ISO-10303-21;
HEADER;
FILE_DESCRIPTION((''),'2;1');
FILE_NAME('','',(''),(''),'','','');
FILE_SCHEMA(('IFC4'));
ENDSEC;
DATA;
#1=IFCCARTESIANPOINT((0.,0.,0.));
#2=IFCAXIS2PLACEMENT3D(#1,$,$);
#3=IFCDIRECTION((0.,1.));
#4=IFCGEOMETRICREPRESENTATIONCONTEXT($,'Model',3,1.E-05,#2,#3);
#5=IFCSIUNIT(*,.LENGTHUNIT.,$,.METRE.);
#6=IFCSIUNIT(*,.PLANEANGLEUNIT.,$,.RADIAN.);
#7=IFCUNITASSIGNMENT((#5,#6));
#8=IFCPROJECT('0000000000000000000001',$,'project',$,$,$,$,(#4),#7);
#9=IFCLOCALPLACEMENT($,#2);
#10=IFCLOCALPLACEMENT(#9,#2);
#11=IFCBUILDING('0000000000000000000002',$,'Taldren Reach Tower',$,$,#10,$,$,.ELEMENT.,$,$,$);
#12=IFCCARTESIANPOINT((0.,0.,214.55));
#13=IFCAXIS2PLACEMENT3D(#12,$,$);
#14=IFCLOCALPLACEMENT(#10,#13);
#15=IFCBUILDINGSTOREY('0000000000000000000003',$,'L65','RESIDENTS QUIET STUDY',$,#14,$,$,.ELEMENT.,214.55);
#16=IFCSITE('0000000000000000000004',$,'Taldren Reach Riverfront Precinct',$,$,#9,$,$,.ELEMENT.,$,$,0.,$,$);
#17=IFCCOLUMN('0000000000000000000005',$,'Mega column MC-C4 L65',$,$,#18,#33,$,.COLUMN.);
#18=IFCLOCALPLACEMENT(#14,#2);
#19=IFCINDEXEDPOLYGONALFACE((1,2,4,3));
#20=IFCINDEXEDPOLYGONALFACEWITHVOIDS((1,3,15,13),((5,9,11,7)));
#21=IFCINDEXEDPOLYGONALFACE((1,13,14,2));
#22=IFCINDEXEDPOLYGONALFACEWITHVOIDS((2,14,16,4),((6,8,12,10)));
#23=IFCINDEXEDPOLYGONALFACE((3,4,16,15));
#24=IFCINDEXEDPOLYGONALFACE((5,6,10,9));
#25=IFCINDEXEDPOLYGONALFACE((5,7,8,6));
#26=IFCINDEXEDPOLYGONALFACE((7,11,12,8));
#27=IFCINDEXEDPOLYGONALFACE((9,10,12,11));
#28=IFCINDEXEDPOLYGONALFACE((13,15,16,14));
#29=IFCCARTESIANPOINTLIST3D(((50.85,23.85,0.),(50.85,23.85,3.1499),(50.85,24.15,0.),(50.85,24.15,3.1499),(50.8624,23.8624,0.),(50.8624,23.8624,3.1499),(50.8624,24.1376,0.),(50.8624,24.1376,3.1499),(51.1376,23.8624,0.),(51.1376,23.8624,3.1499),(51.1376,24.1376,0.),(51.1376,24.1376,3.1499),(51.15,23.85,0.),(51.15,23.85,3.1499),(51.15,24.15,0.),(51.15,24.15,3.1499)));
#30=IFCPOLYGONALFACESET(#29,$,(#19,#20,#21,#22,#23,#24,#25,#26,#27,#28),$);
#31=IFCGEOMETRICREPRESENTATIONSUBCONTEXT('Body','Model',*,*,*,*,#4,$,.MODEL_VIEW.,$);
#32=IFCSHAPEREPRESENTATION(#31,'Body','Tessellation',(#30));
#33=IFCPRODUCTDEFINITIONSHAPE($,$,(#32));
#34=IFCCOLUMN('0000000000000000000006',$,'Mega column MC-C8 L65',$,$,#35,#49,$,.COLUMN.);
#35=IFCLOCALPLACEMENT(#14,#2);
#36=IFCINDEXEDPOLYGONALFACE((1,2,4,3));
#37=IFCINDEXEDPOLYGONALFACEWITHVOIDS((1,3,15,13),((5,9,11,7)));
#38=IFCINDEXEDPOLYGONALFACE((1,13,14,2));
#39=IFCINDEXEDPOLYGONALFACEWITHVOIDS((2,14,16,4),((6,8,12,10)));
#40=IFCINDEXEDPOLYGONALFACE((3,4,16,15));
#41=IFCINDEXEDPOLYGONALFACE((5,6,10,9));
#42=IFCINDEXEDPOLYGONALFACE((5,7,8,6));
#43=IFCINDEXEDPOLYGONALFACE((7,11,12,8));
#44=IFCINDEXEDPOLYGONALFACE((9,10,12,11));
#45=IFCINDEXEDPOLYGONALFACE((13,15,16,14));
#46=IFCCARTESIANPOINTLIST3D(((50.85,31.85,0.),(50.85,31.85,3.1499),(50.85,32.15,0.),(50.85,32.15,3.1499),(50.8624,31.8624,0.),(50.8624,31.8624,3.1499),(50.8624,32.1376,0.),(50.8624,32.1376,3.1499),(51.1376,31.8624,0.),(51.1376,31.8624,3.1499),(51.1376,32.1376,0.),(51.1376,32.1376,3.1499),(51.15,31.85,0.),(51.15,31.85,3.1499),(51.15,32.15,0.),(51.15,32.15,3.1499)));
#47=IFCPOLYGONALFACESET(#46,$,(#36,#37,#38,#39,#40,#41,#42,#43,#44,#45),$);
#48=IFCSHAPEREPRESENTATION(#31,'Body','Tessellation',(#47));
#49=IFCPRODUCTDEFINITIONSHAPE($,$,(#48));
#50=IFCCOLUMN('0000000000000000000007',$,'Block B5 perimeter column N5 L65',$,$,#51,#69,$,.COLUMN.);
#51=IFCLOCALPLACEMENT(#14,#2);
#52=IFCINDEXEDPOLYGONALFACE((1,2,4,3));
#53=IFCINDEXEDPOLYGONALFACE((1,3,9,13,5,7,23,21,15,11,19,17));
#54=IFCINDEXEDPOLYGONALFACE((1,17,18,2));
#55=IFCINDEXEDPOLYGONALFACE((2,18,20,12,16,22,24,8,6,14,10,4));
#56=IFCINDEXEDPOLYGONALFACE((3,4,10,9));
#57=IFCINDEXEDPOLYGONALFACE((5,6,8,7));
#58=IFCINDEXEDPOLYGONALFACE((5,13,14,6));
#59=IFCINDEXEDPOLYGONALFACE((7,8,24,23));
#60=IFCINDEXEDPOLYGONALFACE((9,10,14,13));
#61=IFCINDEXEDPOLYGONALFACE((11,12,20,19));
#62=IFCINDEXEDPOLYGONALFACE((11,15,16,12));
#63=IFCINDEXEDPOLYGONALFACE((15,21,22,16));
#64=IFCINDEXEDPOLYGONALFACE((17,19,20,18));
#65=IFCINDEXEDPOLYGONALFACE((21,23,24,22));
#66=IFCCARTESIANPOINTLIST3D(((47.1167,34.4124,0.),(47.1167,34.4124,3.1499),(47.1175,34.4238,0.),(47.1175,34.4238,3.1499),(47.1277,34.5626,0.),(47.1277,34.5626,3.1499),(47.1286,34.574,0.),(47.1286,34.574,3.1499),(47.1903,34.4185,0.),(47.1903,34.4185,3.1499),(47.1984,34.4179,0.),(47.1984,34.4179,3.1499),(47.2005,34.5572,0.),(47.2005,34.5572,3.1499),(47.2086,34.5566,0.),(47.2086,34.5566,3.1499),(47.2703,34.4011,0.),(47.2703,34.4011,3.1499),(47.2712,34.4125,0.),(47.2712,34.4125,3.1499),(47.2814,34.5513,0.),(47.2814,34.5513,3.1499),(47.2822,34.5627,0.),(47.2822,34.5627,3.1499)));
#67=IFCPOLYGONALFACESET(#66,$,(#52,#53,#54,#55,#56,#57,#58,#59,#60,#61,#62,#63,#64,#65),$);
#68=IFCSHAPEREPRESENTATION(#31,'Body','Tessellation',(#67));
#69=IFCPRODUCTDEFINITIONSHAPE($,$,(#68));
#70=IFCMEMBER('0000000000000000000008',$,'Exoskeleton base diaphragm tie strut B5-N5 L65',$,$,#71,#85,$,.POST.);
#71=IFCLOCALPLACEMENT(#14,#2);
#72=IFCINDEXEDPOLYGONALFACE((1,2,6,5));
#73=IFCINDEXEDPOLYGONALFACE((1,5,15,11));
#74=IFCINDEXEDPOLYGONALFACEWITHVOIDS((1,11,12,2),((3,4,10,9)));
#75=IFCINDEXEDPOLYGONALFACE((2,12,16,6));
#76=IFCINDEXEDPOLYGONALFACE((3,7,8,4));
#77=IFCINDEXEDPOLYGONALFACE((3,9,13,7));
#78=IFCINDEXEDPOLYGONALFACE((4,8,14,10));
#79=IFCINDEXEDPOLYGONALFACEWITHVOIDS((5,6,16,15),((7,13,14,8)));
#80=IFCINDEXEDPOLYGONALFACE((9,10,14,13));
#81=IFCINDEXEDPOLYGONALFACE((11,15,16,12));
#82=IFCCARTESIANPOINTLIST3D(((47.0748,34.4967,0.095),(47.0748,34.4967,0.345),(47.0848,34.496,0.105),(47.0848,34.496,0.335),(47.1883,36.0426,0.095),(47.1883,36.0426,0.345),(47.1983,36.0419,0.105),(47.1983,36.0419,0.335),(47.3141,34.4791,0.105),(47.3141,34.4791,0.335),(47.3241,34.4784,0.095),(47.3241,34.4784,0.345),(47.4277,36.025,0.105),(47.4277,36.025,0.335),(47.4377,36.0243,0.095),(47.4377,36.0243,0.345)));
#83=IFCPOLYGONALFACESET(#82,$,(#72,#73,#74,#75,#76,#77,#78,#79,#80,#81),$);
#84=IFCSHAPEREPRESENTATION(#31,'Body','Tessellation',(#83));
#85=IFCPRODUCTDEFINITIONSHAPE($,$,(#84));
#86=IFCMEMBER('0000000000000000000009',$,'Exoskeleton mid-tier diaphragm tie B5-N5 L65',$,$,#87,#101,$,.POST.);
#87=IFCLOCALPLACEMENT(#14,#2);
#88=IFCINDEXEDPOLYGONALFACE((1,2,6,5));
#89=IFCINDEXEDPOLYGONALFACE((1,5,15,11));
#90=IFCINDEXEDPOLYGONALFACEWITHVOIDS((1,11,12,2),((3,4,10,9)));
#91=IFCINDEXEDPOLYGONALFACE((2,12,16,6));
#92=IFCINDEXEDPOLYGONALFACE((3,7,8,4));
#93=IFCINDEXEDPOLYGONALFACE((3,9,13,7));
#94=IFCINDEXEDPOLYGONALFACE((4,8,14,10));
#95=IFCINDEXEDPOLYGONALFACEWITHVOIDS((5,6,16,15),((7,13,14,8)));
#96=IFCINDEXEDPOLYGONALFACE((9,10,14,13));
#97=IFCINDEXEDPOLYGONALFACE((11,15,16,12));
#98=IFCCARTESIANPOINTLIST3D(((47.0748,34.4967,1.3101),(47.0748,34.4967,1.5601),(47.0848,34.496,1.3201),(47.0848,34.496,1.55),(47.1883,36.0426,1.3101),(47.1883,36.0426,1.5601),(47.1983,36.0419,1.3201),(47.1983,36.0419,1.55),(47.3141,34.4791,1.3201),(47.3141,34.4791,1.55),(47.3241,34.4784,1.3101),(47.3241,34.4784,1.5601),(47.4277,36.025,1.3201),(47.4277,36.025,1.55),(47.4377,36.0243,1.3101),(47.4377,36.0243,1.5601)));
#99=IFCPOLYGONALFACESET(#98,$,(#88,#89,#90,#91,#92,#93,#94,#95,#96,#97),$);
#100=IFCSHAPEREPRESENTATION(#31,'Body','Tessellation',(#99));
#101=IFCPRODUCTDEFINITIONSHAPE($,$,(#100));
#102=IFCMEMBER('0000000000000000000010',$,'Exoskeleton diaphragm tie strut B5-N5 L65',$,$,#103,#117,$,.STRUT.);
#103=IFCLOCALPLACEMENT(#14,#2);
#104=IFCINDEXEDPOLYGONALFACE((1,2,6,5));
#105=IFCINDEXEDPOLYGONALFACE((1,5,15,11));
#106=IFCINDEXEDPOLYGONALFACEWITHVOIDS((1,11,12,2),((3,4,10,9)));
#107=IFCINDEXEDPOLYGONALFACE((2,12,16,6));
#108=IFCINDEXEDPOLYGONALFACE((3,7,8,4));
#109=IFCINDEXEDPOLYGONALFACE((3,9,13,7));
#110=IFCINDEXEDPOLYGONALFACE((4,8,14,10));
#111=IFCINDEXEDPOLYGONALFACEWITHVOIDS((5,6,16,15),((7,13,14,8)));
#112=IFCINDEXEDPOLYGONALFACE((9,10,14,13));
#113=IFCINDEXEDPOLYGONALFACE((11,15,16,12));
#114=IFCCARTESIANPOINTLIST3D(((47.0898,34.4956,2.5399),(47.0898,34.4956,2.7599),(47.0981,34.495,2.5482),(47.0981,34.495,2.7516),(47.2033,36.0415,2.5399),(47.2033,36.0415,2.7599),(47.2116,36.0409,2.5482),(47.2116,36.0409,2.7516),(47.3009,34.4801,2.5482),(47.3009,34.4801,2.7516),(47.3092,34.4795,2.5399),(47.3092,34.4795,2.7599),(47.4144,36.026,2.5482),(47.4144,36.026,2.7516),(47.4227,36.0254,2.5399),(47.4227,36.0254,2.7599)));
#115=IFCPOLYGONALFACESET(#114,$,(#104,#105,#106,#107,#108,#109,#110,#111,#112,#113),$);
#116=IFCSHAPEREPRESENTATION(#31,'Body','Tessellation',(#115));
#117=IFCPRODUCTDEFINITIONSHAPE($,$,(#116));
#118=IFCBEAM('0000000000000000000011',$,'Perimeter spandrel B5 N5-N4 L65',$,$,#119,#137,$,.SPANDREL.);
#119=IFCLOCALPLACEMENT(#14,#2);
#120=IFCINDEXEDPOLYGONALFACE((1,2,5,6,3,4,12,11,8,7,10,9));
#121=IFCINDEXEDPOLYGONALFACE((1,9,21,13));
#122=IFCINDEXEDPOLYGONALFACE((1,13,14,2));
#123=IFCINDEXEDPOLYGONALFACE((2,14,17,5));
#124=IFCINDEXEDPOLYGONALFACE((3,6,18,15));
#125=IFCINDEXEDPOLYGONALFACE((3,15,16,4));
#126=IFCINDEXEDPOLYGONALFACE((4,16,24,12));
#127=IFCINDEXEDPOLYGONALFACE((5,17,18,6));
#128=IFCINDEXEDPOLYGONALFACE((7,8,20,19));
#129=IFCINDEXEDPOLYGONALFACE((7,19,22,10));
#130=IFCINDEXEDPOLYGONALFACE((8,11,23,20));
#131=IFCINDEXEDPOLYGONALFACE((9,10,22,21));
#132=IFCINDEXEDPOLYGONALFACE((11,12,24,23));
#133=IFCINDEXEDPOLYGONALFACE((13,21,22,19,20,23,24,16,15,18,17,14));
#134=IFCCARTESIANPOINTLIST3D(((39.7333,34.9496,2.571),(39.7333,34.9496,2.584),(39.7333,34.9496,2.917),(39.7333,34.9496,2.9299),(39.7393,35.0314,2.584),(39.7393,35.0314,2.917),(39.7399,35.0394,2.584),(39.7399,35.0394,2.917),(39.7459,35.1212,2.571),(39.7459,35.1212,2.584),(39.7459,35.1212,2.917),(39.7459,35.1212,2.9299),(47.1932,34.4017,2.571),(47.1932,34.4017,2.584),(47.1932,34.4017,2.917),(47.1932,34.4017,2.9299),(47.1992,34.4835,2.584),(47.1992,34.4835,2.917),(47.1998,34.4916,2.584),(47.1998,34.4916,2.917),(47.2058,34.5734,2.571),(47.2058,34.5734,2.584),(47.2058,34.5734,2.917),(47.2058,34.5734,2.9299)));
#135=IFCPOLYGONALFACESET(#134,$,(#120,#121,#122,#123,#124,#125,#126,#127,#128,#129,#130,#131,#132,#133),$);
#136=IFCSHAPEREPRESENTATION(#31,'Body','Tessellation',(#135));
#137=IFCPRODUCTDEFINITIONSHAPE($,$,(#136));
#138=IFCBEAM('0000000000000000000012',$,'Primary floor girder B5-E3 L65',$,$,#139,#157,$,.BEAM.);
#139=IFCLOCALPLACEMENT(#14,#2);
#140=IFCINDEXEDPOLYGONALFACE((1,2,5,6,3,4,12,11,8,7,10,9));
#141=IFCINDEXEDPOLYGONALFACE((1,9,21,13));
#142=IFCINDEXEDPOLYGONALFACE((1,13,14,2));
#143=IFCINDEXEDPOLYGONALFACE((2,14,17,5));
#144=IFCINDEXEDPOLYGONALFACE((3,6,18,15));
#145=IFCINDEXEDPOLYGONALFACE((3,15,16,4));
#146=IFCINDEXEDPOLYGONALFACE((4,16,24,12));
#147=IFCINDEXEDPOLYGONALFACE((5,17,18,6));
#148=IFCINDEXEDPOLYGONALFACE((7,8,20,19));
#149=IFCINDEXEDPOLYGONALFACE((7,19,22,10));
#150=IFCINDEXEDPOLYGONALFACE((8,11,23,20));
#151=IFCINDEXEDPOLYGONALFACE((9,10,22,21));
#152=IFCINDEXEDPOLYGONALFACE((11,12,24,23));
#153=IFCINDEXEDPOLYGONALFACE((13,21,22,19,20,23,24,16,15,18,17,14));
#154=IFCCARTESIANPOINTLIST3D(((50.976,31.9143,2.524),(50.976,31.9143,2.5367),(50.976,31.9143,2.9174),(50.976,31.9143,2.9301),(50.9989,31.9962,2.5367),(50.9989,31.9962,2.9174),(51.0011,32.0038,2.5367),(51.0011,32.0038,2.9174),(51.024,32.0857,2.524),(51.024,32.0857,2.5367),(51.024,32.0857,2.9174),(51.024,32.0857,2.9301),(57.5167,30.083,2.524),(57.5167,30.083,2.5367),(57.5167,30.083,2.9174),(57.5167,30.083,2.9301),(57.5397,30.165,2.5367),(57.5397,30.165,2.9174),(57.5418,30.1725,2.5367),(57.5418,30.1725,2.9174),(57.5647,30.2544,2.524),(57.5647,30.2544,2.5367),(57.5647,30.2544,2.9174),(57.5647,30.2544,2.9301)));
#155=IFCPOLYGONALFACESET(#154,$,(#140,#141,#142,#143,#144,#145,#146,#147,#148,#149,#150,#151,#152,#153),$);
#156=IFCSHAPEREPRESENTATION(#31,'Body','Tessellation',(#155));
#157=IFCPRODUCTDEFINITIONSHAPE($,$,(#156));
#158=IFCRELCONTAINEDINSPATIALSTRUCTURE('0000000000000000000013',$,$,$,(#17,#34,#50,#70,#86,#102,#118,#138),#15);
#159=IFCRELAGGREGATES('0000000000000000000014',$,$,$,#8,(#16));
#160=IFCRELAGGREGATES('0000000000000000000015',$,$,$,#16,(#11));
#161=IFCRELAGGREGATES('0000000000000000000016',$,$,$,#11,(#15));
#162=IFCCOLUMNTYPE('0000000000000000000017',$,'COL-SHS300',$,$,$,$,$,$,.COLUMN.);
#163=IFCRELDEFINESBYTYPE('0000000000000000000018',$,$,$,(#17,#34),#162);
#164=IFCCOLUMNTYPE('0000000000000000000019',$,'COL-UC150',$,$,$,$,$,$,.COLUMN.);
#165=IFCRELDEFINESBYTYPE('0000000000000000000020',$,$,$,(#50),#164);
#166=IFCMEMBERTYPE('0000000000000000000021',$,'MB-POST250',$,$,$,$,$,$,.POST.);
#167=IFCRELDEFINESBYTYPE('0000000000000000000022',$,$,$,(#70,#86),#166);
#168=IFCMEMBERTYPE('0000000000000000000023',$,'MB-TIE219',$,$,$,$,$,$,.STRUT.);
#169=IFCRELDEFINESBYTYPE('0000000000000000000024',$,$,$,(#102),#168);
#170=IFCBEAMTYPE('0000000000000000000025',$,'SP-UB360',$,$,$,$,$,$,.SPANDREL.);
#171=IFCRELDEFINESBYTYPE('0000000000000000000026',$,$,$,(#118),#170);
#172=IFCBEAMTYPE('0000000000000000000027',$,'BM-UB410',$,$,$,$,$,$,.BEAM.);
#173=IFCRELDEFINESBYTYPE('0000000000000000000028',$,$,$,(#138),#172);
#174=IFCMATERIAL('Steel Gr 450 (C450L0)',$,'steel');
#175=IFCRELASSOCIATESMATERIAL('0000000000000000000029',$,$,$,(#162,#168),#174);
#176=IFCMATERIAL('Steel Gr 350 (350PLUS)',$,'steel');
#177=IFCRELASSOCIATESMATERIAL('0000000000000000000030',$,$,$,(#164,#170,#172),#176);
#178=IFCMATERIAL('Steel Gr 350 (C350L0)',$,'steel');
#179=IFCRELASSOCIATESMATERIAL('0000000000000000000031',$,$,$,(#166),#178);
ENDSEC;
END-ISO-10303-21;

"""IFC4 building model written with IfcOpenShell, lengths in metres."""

from ifc_helpers import new_model, si_unit, direction, frame, origin, origin_2d, place, context, subcontext, project, spatial, hollow_rectangle, i_section, extrude, source, transform, mapped, material, material_profile, profile_set, type_object, element, save


model = new_model("IFC4")

# Units and contexts
model_context = context("Model", 3, precision=1e-05, world=origin(), true_north=direction((0.0, 1.0)))
body_context = subcontext(model_context, "Body", "Model", "MODEL_VIEW")
ifc_project = project(units=[si_unit("LENGTHUNIT", "METRE"), si_unit("PLANEANGLEUNIT", "RADIAN")], contexts=[model_context])

# Site, building, storey
site_placement = place(None, origin())
site = spatial("IfcSite", under=ifc_project, at=site_placement, Name="Taldren Reach Riverfront Precinct", CompositionType="ELEMENT", RefElevation=0.0)
building_placement = place(site_placement, origin())
building = spatial("IfcBuilding", under=site, at=building_placement, Name="Taldren Reach Tower", CompositionType="ELEMENT")
storey_placement = place(building_placement, frame((0.0, 0.0, 214.55)))
storey = spatial("IfcBuildingStorey", under=building, at=storey_placement, Name="L65", Description="RESIDENTS QUIET STUDY", CompositionType="ELEMENT", Elevation=214.55)

# Columns
ifc_material_1 = material(Name="Steel Gr 450 (C450L0)", Category="steel")
ifc_material_profile_1 = material_profile(ifc_material_1, hollow_rectangle(XDim=0.3, YDim=0.3, WallThickness=0.0125, at=origin_2d()), Name="300x300x12.5SHS")
ifc_profile_set_1 = profile_set([ifc_material_profile_1], Name="Steel Gr 450 (C450L0)")
column_type_1 = type_object("IfcColumnType", Name="COL-SHS300", PredefinedType="COLUMN", material=ifc_profile_set_1)
shared_shape_1 = source(origin(), body_context, "Body", "SweptSolid", [
    extrude(hollow_rectangle(XDim=0.3, YDim=0.3, WallThickness=0.0125, at=origin_2d()), origin(), (0.0, 0.0, 1.0), 3.1499),
])
for number, where, z_axis, x_axis, name in (
    (1, (51.0, 24.0, 0.0), (0.0, 0.0, 1.0), (1.0, 0.0, 0.0), "Mega column MC-C4 L65"),
    (2, (51.0, 32.0, 0.0), (0.0, 0.0, 1.0), (1.0, 0.0, 0.0), "Mega column MC-C8 L65"),
):
    element("IfcColumn", number, at=place(storey_placement, frame(where, z_axis=z_axis, x_axis=x_axis)), inside=storey, type_object=column_type_1, Name=name, PredefinedType="COLUMN", context=body_context, shape_type="MappedRepresentation", body=[
        mapped(shared_shape_1, transform((0.0, 0.0, 0.0), scale=1.0)),
    ])
ifc_material_2 = material(Name="Steel Gr 350 (350PLUS)", Category="steel")
ifc_material_profile_2 = material_profile(ifc_material_2, i_section(OverallWidth=0.1541, OverallDepth=0.1621, WebThickness=0.0081, FlangeThickness=0.0115, at=origin_2d()), Name="150UC37.2")
ifc_profile_set_2 = profile_set([ifc_material_profile_2], Name="Steel Gr 350 (350PLUS)")
column_type_2 = type_object("IfcColumnType", Name="COL-UC150", PredefinedType="COLUMN", material=ifc_profile_set_2)
shared_shape_2 = source(origin(), body_context, "Body", "SweptSolid", [
    extrude(i_section(OverallWidth=0.1541, OverallDepth=0.1621, WebThickness=0.0081, FlangeThickness=0.0115, at=origin_2d()), origin(), (0.0, 0.0, 1.0), 3.1499),
])
column_placement = place(storey_placement, frame((47.1995, 34.4875, 0.0), z_axis=(0.0, 0.0, 1.0), x_axis=(0.997314, -0.073238, 0.0)))
element("IfcColumn", 3, at=column_placement, inside=storey, type_object=column_type_2, Name="Block B5 perimeter column N5 L65", PredefinedType="COLUMN", context=body_context, shape_type="MappedRepresentation", body=[
    mapped(shared_shape_2, transform((0.0, 0.0, 0.0), scale=1.0)),
])

# Members
ifc_material_3 = material(Name="Steel Gr 350 (C350L0)", Category="steel")
ifc_material_profile_3 = material_profile(ifc_material_3, hollow_rectangle(XDim=0.25, YDim=0.25, WallThickness=0.01, at=origin_2d()), Name="250x250x10.0SHS")
ifc_profile_set_3 = profile_set([ifc_material_profile_3], Name="Steel Gr 350 (C350L0)")
member_type_1 = type_object("IfcMemberType", Name="MB-POST250", PredefinedType="POST", material=ifc_profile_set_3)
shared_shape_3 = source(origin(), body_context, "Body", "SweptSolid", [
    extrude(hollow_rectangle(XDim=0.25, YDim=0.25, WallThickness=0.01, at=origin_2d()), origin(), (0.0, 0.0, 1.0), 1.55),
])
for number, where, z_axis, x_axis, name in (
    (4, (47.1995, 34.4875, 0.22), (0.073239, 0.997314, 0.0), (-0.997314, 0.073239, 0.0), "Exoskeleton base diaphragm tie strut B5-N5 L65"),
    (5, (47.1995, 34.4875, 1.4351), (0.073239, 0.997314, 0.0), (-0.997314, 0.073239, 0.0), "Exoskeleton mid-tier diaphragm tie B5-N5 L65"),
):
    element("IfcMember", number, at=place(storey_placement, frame(where, z_axis=z_axis, x_axis=x_axis)), inside=storey, type_object=member_type_1, Name=name, PredefinedType="POST", context=body_context, shape_type="MappedRepresentation", body=[
        mapped(shared_shape_3, transform((0.0, 0.0, 0.0), scale=1.0)),
    ])
ifc_material_profile_4 = material_profile(ifc_material_1, hollow_rectangle(XDim=0.22, YDim=0.22, WallThickness=0.0083, at=origin_2d()), Name="220x220x8.2SHS")
ifc_profile_set_4 = profile_set([ifc_material_profile_4], Name="Steel Gr 450 (C450L0)")
member_type_2 = type_object("IfcMemberType", Name="MB-TIE219", PredefinedType="STRUT", material=ifc_profile_set_4)
shared_shape_4 = source(origin(), body_context, "Body", "SweptSolid", [
    extrude(hollow_rectangle(XDim=0.22, YDim=0.22, WallThickness=0.0083, at=origin_2d()), origin(), (0.0, 0.0, 1.0), 1.55),
])
member_1_placement = place(storey_placement, frame((47.1995, 34.4875, 2.6499), z_axis=(0.073239, 0.997314, 0.0), x_axis=(-0.997314, 0.073239, 0.0)))
element("IfcMember", 6, at=member_1_placement, inside=storey, type_object=member_type_2, Name="Exoskeleton diaphragm tie strut B5-N5 L65", PredefinedType="STRUT", context=body_context, shape_type="MappedRepresentation", body=[
    mapped(shared_shape_4, transform((0.0, 0.0, 0.0), scale=1.0)),
])

# Beams
ifc_material_profile_5 = material_profile(ifc_material_2, i_section(OverallWidth=0.1721, OverallDepth=0.3589, WebThickness=0.0081, FlangeThickness=0.0129, at=origin_2d()), Name="360UB56.7")
ifc_profile_set_5 = profile_set([ifc_material_profile_5], Name="Steel Gr 350 (350PLUS)")
beam_type_1 = type_object("IfcBeamType", Name="SP-UB360", PredefinedType="SPANDREL", material=ifc_profile_set_5)
shared_shape_5 = source(origin(), body_context, "Body", "SweptSolid", [
    extrude(i_section(OverallWidth=0.1721, OverallDepth=0.3589, WebThickness=0.0081, FlangeThickness=0.0129, at=origin_2d()), origin(), (0.0, 0.0, 1.0), 7.48),
])
beam_1_placement = place(storey_placement, frame((47.1995, 34.4875, 2.7505), z_axis=(-0.997314, 0.073242, 0.0), x_axis=(-0.073242, -0.997314, 0.0)))
element("IfcBeam", 7, at=beam_1_placement, inside=storey, type_object=beam_type_1, Name="Perimeter spandrel B5 N5-N4 L65", PredefinedType="SPANDREL", context=body_context, shape_type="MappedRepresentation", body=[
    mapped(shared_shape_5, transform((0.0, 0.0, 0.0), scale=1.0)),
])
ifc_material_profile_6 = material_profile(ifc_material_2, i_section(OverallWidth=0.178, OverallDepth=0.406, WebThickness=0.0078, FlangeThickness=0.0127, at=origin_2d()), Name="410UB59.7")
ifc_profile_set_6 = profile_set([ifc_material_profile_6], Name="Steel Gr 350 (350PLUS)")
beam_type_2 = type_object("IfcBeamType", Name="BM-UB410", PredefinedType="BEAM", material=ifc_profile_set_6)
shared_shape_6 = source(origin(), body_context, "Body", "SweptSolid", [
    extrude(i_section(OverallWidth=0.178, OverallDepth=0.406, WebThickness=0.0078, FlangeThickness=0.0127, at=origin_2d()), origin(), (0.0, 0.0, 1.0), 6.7922),
])
beam_2_placement = place(storey_placement, frame((51.0, 32.0, 2.7271), z_axis=(0.962968, -0.269614, 0.0), x_axis=(0.269614, 0.962968, 0.0)))
element("IfcBeam", 8, at=beam_2_placement, inside=storey, type_object=beam_type_2, Name="Primary floor girder B5-E3 L65", PredefinedType="BEAM", context=body_context, shape_type="MappedRepresentation", body=[
    mapped(shared_shape_6, transform((0.0, 0.0, 0.0), scale=1.0)),
])

save(model, "model.ifc")
